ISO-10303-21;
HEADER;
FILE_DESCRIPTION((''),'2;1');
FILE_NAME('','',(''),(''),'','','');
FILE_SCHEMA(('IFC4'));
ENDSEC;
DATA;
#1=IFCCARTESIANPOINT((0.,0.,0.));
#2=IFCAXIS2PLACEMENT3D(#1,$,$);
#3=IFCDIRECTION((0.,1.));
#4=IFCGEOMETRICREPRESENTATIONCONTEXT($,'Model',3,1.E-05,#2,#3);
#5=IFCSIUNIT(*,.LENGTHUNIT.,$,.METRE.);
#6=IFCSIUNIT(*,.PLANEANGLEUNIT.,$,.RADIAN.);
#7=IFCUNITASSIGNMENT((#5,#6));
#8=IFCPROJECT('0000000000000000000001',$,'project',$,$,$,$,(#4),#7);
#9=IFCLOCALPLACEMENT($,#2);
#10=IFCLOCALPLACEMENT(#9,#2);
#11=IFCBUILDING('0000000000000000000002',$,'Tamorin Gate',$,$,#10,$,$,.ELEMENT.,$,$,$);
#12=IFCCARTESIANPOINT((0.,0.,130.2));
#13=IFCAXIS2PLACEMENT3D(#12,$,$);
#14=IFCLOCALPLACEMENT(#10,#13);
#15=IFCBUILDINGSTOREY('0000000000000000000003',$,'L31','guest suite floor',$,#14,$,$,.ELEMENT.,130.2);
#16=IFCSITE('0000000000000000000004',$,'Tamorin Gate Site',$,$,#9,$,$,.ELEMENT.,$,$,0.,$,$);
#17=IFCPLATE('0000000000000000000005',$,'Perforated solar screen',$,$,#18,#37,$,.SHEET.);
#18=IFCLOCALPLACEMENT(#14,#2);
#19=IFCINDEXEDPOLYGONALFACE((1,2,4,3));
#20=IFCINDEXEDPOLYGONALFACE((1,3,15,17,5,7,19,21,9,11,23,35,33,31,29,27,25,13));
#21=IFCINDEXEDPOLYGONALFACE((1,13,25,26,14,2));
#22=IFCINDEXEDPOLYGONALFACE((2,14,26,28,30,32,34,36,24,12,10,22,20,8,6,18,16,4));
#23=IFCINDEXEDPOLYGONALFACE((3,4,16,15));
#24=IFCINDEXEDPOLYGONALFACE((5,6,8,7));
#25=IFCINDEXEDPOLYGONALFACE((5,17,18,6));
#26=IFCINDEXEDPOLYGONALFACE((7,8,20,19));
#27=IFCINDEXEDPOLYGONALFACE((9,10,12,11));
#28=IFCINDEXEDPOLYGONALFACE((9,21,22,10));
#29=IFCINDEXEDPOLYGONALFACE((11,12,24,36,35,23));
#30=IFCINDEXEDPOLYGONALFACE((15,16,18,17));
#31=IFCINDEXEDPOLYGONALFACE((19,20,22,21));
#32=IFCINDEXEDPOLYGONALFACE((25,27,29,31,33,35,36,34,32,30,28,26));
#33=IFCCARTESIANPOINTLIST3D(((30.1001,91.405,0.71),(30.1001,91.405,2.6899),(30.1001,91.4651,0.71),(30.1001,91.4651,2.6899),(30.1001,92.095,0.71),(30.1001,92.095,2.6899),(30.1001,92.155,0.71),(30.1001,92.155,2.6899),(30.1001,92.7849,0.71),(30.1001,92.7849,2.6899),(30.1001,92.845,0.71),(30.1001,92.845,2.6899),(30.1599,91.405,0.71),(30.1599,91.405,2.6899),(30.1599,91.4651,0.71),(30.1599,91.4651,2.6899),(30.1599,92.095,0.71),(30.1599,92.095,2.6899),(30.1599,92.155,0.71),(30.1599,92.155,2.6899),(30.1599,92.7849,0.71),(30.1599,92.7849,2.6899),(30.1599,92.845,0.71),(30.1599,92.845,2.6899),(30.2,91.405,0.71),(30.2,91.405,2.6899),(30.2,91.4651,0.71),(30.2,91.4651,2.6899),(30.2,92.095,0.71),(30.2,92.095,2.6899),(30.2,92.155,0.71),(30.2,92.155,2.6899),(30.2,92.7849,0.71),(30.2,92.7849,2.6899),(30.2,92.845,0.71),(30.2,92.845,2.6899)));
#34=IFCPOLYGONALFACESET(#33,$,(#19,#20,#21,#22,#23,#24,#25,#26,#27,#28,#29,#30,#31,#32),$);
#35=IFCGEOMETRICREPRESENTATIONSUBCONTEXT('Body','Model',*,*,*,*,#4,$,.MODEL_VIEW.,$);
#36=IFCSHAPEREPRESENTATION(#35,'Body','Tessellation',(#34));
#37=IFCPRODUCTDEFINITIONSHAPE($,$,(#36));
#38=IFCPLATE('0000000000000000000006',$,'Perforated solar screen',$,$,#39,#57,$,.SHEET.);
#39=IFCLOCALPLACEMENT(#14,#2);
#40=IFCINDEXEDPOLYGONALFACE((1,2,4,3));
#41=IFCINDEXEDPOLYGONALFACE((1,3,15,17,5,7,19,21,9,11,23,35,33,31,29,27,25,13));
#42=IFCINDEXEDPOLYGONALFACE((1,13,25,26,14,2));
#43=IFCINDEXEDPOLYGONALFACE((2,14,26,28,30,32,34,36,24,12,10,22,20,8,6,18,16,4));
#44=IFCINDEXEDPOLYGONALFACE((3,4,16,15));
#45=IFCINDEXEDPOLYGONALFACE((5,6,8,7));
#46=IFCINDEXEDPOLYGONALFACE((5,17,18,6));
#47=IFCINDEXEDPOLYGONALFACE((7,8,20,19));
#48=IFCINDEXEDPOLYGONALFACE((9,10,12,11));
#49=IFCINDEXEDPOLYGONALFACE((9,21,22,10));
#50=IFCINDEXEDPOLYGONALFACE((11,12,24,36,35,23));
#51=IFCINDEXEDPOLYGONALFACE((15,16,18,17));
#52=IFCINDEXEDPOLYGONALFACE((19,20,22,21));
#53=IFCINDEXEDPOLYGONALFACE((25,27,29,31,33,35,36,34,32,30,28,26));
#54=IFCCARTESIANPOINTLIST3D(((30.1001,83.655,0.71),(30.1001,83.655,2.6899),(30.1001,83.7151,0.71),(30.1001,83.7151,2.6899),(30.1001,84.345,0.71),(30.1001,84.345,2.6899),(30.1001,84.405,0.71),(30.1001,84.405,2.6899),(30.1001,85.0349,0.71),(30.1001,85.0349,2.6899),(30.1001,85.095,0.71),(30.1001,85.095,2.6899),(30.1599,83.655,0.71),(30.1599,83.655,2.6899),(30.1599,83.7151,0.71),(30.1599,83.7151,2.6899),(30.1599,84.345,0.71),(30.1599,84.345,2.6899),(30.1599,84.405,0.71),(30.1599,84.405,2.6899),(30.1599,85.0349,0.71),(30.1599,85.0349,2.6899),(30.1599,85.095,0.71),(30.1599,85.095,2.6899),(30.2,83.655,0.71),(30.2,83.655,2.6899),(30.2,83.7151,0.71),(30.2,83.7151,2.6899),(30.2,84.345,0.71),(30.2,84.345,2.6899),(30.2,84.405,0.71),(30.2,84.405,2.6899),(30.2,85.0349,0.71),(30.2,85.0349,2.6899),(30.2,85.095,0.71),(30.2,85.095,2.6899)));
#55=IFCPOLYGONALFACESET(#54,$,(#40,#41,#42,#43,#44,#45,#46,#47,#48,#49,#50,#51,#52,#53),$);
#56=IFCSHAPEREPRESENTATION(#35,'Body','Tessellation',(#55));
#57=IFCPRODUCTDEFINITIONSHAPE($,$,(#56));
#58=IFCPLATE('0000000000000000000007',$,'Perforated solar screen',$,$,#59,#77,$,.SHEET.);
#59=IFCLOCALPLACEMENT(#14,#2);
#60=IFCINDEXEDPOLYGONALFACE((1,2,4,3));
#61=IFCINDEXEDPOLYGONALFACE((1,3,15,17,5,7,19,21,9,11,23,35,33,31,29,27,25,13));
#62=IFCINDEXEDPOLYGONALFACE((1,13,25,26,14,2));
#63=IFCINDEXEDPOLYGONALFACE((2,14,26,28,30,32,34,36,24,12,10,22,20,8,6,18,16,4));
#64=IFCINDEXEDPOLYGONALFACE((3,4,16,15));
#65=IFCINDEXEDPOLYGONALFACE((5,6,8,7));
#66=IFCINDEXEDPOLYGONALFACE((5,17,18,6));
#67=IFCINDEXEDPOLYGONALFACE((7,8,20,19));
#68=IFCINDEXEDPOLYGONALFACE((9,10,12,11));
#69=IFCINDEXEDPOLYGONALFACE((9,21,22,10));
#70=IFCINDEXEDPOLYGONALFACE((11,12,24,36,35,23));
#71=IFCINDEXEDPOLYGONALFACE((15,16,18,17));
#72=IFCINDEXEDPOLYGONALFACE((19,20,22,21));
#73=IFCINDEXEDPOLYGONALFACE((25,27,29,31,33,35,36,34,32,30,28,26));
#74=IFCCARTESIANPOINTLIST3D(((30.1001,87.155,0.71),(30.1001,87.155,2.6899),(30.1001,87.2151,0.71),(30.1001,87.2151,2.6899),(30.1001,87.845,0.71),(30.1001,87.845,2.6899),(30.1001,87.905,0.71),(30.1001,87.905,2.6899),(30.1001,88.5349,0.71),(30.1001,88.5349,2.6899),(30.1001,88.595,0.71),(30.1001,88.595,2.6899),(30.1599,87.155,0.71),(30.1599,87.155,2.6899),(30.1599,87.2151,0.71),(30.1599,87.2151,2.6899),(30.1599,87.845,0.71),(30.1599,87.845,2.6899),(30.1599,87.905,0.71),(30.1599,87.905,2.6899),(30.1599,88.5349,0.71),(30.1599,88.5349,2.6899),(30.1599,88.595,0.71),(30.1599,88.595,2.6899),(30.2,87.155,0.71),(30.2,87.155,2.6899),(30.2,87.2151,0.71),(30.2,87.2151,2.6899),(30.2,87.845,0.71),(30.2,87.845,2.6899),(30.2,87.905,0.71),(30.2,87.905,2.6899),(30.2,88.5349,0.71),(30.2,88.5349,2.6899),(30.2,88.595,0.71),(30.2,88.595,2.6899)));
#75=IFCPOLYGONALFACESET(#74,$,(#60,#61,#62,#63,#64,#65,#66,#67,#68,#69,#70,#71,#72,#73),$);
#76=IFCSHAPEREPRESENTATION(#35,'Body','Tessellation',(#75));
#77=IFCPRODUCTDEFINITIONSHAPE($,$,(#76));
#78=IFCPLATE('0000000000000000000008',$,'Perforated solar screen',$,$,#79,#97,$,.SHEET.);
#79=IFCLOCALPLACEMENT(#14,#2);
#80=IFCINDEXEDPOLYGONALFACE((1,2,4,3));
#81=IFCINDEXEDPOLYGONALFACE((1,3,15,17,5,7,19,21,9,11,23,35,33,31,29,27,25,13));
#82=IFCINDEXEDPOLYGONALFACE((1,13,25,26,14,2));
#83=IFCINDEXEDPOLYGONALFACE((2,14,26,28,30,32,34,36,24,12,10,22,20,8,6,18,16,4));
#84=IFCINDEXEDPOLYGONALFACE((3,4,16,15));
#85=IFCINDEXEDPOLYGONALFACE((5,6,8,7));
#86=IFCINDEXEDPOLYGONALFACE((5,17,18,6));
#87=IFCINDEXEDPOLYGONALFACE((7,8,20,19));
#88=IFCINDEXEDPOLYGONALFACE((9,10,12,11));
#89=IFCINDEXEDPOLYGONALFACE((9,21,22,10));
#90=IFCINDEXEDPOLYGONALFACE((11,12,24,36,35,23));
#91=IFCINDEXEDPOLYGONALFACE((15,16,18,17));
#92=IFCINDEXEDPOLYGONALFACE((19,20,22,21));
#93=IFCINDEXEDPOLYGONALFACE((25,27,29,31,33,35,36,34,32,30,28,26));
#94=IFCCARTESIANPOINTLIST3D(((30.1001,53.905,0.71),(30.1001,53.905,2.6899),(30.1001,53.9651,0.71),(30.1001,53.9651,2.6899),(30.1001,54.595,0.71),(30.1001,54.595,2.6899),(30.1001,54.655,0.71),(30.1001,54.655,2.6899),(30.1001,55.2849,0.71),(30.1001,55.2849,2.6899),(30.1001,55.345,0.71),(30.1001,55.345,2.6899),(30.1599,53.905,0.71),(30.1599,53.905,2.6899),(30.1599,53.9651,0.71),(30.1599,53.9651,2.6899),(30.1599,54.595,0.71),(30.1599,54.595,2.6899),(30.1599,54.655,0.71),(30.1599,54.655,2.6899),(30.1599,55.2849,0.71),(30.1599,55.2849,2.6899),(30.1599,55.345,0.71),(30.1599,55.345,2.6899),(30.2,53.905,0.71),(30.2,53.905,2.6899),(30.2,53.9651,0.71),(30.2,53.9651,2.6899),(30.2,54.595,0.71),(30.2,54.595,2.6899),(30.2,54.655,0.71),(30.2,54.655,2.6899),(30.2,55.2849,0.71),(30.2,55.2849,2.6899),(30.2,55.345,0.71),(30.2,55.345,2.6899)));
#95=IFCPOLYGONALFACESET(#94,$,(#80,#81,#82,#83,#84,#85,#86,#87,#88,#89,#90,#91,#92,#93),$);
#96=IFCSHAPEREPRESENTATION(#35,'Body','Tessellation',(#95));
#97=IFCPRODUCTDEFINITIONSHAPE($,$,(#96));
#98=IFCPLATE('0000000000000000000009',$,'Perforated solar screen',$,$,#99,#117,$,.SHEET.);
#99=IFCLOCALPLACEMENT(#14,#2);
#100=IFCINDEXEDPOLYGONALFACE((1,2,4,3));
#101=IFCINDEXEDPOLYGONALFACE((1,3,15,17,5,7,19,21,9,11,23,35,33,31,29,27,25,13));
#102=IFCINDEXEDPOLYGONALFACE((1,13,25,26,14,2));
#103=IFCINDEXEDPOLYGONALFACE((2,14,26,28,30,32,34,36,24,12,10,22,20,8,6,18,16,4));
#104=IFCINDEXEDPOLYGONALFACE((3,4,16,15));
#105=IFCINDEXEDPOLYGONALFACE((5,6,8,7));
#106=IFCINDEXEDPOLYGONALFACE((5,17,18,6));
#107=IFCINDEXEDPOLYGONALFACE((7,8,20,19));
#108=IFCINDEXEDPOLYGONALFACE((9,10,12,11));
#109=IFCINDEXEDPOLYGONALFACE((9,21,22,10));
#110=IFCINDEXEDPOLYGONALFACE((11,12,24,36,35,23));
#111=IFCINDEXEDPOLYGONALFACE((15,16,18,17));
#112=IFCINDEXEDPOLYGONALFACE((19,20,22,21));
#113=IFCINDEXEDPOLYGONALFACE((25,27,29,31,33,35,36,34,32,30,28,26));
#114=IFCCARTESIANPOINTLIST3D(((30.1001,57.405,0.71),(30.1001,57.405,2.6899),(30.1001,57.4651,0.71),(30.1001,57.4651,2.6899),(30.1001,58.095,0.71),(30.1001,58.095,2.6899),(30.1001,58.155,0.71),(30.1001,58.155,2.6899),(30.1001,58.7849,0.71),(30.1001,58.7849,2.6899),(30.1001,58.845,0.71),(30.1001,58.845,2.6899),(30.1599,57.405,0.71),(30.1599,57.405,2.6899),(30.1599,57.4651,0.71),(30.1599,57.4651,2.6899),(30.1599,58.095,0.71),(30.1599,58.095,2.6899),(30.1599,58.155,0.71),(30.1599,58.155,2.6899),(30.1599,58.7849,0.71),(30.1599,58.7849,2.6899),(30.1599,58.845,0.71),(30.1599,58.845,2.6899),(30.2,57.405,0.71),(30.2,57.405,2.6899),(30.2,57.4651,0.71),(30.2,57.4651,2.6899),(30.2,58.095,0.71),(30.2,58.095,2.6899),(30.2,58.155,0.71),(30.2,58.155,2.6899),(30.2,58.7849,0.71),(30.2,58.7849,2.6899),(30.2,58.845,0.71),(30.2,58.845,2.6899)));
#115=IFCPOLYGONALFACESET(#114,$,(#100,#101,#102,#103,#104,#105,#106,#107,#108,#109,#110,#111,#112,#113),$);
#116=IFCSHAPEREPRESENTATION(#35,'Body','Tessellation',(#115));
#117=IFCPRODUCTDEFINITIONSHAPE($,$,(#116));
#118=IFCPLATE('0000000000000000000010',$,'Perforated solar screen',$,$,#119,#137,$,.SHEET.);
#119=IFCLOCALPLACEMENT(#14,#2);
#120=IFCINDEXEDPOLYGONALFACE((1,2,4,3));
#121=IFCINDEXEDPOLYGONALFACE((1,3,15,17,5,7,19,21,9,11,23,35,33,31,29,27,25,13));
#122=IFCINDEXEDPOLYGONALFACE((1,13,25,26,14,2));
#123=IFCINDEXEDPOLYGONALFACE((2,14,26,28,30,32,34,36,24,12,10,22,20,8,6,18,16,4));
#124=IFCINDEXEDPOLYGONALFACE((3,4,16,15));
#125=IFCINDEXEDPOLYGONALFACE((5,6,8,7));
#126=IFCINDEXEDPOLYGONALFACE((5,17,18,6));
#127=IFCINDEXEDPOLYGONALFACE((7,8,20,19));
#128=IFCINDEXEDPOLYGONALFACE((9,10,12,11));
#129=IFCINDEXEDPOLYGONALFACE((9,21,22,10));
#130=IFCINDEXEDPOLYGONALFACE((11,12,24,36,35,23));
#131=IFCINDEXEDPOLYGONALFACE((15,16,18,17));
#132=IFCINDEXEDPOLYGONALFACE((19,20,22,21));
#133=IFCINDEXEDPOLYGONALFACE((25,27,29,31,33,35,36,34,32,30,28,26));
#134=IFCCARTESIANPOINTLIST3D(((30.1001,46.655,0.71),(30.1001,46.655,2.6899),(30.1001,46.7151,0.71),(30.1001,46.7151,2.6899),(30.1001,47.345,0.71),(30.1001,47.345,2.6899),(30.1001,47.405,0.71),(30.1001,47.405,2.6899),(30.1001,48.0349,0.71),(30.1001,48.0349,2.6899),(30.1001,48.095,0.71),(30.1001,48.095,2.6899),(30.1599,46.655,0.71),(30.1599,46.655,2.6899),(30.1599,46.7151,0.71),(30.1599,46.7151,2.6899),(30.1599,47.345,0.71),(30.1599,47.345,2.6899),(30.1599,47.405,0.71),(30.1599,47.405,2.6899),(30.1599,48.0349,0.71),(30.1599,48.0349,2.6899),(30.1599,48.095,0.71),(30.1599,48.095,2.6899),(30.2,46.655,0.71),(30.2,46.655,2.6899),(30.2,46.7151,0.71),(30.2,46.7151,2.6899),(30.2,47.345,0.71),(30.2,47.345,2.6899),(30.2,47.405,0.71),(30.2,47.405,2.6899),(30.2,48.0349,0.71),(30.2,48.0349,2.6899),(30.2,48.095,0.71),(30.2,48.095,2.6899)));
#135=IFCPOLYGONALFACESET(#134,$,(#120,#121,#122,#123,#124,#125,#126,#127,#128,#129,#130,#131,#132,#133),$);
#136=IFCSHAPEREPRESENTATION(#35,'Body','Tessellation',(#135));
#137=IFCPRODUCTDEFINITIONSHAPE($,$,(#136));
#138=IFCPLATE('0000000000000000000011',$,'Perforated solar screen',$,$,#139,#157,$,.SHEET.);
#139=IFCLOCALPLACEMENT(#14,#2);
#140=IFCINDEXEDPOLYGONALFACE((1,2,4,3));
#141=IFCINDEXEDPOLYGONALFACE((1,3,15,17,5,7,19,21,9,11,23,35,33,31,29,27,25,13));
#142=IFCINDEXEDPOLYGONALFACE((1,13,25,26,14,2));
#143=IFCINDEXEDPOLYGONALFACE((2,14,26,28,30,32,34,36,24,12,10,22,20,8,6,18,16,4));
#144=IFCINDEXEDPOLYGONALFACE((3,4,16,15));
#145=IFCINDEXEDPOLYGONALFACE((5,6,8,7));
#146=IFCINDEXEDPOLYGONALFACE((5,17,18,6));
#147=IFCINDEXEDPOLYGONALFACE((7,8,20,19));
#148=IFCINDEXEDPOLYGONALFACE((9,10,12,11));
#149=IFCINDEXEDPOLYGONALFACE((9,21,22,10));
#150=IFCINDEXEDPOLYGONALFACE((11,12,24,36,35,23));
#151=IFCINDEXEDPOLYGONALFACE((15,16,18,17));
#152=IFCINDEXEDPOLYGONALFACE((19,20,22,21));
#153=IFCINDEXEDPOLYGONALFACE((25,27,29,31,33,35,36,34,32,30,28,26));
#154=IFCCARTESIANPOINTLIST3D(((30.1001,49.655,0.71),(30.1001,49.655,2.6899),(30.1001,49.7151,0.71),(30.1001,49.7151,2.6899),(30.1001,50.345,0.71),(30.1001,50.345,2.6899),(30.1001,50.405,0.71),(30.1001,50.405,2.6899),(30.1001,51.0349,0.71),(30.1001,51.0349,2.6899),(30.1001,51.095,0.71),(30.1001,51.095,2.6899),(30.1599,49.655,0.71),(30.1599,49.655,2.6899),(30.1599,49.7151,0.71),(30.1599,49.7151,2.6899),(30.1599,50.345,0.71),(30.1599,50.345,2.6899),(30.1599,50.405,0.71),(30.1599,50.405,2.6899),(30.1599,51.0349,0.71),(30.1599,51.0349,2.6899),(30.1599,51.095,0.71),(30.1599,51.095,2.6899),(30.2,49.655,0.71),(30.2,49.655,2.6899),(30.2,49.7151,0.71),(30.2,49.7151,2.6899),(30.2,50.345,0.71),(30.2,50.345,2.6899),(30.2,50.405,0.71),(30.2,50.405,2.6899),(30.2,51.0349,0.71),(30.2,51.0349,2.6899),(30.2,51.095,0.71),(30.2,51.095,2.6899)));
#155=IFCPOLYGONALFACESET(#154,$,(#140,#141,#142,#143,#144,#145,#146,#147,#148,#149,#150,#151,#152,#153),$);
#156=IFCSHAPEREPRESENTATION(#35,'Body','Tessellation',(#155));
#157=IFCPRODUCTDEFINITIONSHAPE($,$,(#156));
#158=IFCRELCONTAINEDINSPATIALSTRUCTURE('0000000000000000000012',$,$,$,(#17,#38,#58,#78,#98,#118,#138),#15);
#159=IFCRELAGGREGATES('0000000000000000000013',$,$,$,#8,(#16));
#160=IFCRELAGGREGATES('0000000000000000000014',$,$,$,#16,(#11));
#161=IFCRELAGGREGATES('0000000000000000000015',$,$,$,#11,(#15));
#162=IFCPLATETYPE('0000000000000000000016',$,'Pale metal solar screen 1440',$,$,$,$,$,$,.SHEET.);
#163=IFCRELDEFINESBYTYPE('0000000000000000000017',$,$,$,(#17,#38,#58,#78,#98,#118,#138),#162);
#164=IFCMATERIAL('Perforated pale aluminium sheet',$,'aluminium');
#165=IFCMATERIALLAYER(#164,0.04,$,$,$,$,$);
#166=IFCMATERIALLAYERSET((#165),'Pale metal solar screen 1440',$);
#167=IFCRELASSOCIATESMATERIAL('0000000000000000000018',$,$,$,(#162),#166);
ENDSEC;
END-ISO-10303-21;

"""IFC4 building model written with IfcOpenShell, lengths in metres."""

from ifc_helpers import new_model, si_unit, direction, frame, origin, place, context, subcontext, project, spatial, polyline, outline, extrude, material, layer, layer_set, type_object, element, save


model = new_model("IFC4")

# Units and contexts
model_context = context("Model", 3, precision=1e-05, world=origin(), true_north=direction((0.0, 1.0)))
body_context = subcontext(model_context, "Body", "Model", "MODEL_VIEW")
ifc_project = project(units=[si_unit("LENGTHUNIT", "METRE"), si_unit("PLANEANGLEUNIT", "RADIAN")], contexts=[model_context])

# Site, building, storey
site_placement = place(None, origin())
site = spatial("IfcSite", under=ifc_project, at=site_placement, Name="Tamorin Gate Site", CompositionType="ELEMENT", RefElevation=0.0)
building_placement = place(site_placement, origin())
building = spatial("IfcBuilding", under=site, at=building_placement, Name="Tamorin Gate", CompositionType="ELEMENT")
storey_placement = place(building_placement, frame((0.0, 0.0, 130.2)))
storey = spatial("IfcBuildingStorey", under=building, at=storey_placement, Name="L31", Description="guest suite floor", CompositionType="ELEMENT", Elevation=130.2)

# Plates
ifc_material_1 = material(Name="Perforated pale aluminium sheet", Category="aluminium")
ifc_layer_1 = layer(ifc_material_1, 0.04)
ifc_layer_set_1 = layer_set([ifc_layer_1], Name="Pale metal solar screen 1440")
plate_type_1 = type_object("IfcPlateType", Name="Pale metal solar screen 1440", PredefinedType="SHEET", material=ifc_layer_set_1)
plate_1_placement = place(storey_placement, frame((0.0, 0.0, 0.71)))
element("IfcPlate", 1, at=plate_1_placement, inside=storey, type_object=plate_type_1, Name="Perforated solar screen", PredefinedType="SHEET", context=body_context, shape_type="SweptSolid", body=[
    extrude(outline(polyline([(30.1599, 92.845), (30.2, 92.845), (30.2, 92.7849), (30.2, 92.155), (30.2, 92.095), (30.2, 91.4651), (30.2, 91.405), (30.2, 91.405), (30.1599, 91.405), (30.1599, 91.405), (30.1001, 91.405), (30.1001, 91.4651), (30.1599, 91.4651), (30.1599, 92.095), (30.1001, 92.095), (30.1001, 92.155), (30.1599, 92.155), (30.1599, 92.7849), (30.1001, 92.7849), (30.1001, 92.845), (30.1599, 92.845)])), origin(), (0.0, 0.0, 1.0), 1.98),
])
plate_2_placement = place(storey_placement, frame((0.0, 0.0, 0.71)))
element("IfcPlate", 2, at=plate_2_placement, inside=storey, type_object=plate_type_1, Name="Perforated solar screen", PredefinedType="SHEET", context=body_context, shape_type="SweptSolid", body=[
    extrude(outline(polyline([(30.1599, 85.095), (30.2, 85.095), (30.2, 85.0349), (30.2, 84.405), (30.2, 84.345), (30.2, 83.7151), (30.2, 83.655), (30.1599, 83.655), (30.1001, 83.655), (30.1001, 83.7151), (30.1599, 83.7151), (30.1599, 84.345), (30.1001, 84.345), (30.1001, 84.405), (30.1599, 84.405), (30.1599, 85.0349), (30.1001, 85.0349), (30.1001, 85.095), (30.1599, 85.095)])), origin(), (0.0, 0.0, 1.0), 1.98),
])
plate_3_placement = place(storey_placement, frame((0.0, 0.0, 0.71)))
element("IfcPlate", 3, at=plate_3_placement, inside=storey, type_object=plate_type_1, Name="Perforated solar screen", PredefinedType="SHEET", context=body_context, shape_type="SweptSolid", body=[
    extrude(outline(polyline([(30.1599, 88.595), (30.2, 88.595), (30.2, 88.5349), (30.2, 87.905), (30.2, 87.845), (30.2, 87.2151), (30.2, 87.155), (30.1599, 87.155), (30.1001, 87.155), (30.1001, 87.2151), (30.1599, 87.2151), (30.1599, 87.845), (30.1001, 87.845), (30.1001, 87.905), (30.1599, 87.905), (30.1599, 88.5349), (30.1001, 88.5349), (30.1001, 88.595), (30.1599, 88.595)])), origin(), (0.0, 0.0, 1.0), 1.98),
])
plate_4_placement = place(storey_placement, frame((0.0, 0.0, 0.71)))
element("IfcPlate", 4, at=plate_4_placement, inside=storey, type_object=plate_type_1, Name="Perforated solar screen", PredefinedType="SHEET", context=body_context, shape_type="SweptSolid", body=[
    extrude(outline(polyline([(30.1599, 55.345), (30.2, 55.345), (30.2, 55.2849), (30.2, 54.655), (30.2, 54.595), (30.2, 53.9651), (30.2, 53.905), (30.1599, 53.905), (30.1001, 53.905), (30.1001, 53.9651), (30.1599, 53.9651), (30.1599, 54.595), (30.1001, 54.595), (30.1001, 54.655), (30.1599, 54.655), (30.1599, 55.2849), (30.1001, 55.2849), (30.1001, 55.345), (30.1599, 55.345)])), origin(), (0.0, 0.0, 1.0), 1.98),
])
plate_5_placement = place(storey_placement, frame((0.0, 0.0, 0.71)))
element("IfcPlate", 5, at=plate_5_placement, inside=storey, type_object=plate_type_1, Name="Perforated solar screen", PredefinedType="SHEET", context=body_context, shape_type="SweptSolid", body=[
    extrude(outline(polyline([(30.1599, 58.845), (30.2, 58.845), (30.2, 58.7849), (30.2, 58.155), (30.2, 58.095), (30.2, 57.4651), (30.2, 57.405), (30.1599, 57.405), (30.1001, 57.405), (30.1001, 57.4651), (30.1599, 57.4651), (30.1599, 58.095), (30.1001, 58.095), (30.1001, 58.155), (30.1599, 58.155), (30.1599, 58.7849), (30.1001, 58.7849), (30.1001, 58.845), (30.1599, 58.845)])), origin(), (0.0, 0.0, 1.0), 1.98),
])
plate_6_placement = place(storey_placement, frame((0.0, 0.0, 0.71)))
element("IfcPlate", 6, at=plate_6_placement, inside=storey, type_object=plate_type_1, Name="Perforated solar screen", PredefinedType="SHEET", context=body_context, shape_type="SweptSolid", body=[
    extrude(outline(polyline([(30.1599, 48.095), (30.2, 48.095), (30.2, 48.0349), (30.2, 47.405), (30.2, 47.345), (30.2, 46.7151), (30.2, 46.655), (30.1599, 46.655), (30.1001, 46.655), (30.1001, 46.7151), (30.1599, 46.7151), (30.1599, 47.345), (30.1001, 47.345), (30.1001, 47.405), (30.1599, 47.405), (30.1599, 48.0349), (30.1001, 48.0349), (30.1001, 48.095), (30.1599, 48.095)])), origin(), (0.0, 0.0, 1.0), 1.98),
])
plate_7_placement = place(storey_placement, frame((0.0, 0.0, 0.71)))
element("IfcPlate", 7, at=plate_7_placement, inside=storey, type_object=plate_type_1, Name="Perforated solar screen", PredefinedType="SHEET", context=body_context, shape_type="SweptSolid", body=[
    extrude(outline(polyline([(30.1599, 51.095), (30.2, 51.095), (30.2, 51.0349), (30.2, 50.405), (30.2, 50.345), (30.2, 49.7151), (30.2, 49.655), (30.1599, 49.655), (30.1001, 49.655), (30.1001, 49.7151), (30.1599, 49.7151), (30.1599, 50.345), (30.1001, 50.345), (30.1001, 50.405), (30.1599, 50.405), (30.1599, 51.0349), (30.1001, 51.0349), (30.1001, 51.095), (30.1599, 51.095)])), origin(), (0.0, 0.0, 1.0), 1.98),
])

save(model, "model.ifc")
